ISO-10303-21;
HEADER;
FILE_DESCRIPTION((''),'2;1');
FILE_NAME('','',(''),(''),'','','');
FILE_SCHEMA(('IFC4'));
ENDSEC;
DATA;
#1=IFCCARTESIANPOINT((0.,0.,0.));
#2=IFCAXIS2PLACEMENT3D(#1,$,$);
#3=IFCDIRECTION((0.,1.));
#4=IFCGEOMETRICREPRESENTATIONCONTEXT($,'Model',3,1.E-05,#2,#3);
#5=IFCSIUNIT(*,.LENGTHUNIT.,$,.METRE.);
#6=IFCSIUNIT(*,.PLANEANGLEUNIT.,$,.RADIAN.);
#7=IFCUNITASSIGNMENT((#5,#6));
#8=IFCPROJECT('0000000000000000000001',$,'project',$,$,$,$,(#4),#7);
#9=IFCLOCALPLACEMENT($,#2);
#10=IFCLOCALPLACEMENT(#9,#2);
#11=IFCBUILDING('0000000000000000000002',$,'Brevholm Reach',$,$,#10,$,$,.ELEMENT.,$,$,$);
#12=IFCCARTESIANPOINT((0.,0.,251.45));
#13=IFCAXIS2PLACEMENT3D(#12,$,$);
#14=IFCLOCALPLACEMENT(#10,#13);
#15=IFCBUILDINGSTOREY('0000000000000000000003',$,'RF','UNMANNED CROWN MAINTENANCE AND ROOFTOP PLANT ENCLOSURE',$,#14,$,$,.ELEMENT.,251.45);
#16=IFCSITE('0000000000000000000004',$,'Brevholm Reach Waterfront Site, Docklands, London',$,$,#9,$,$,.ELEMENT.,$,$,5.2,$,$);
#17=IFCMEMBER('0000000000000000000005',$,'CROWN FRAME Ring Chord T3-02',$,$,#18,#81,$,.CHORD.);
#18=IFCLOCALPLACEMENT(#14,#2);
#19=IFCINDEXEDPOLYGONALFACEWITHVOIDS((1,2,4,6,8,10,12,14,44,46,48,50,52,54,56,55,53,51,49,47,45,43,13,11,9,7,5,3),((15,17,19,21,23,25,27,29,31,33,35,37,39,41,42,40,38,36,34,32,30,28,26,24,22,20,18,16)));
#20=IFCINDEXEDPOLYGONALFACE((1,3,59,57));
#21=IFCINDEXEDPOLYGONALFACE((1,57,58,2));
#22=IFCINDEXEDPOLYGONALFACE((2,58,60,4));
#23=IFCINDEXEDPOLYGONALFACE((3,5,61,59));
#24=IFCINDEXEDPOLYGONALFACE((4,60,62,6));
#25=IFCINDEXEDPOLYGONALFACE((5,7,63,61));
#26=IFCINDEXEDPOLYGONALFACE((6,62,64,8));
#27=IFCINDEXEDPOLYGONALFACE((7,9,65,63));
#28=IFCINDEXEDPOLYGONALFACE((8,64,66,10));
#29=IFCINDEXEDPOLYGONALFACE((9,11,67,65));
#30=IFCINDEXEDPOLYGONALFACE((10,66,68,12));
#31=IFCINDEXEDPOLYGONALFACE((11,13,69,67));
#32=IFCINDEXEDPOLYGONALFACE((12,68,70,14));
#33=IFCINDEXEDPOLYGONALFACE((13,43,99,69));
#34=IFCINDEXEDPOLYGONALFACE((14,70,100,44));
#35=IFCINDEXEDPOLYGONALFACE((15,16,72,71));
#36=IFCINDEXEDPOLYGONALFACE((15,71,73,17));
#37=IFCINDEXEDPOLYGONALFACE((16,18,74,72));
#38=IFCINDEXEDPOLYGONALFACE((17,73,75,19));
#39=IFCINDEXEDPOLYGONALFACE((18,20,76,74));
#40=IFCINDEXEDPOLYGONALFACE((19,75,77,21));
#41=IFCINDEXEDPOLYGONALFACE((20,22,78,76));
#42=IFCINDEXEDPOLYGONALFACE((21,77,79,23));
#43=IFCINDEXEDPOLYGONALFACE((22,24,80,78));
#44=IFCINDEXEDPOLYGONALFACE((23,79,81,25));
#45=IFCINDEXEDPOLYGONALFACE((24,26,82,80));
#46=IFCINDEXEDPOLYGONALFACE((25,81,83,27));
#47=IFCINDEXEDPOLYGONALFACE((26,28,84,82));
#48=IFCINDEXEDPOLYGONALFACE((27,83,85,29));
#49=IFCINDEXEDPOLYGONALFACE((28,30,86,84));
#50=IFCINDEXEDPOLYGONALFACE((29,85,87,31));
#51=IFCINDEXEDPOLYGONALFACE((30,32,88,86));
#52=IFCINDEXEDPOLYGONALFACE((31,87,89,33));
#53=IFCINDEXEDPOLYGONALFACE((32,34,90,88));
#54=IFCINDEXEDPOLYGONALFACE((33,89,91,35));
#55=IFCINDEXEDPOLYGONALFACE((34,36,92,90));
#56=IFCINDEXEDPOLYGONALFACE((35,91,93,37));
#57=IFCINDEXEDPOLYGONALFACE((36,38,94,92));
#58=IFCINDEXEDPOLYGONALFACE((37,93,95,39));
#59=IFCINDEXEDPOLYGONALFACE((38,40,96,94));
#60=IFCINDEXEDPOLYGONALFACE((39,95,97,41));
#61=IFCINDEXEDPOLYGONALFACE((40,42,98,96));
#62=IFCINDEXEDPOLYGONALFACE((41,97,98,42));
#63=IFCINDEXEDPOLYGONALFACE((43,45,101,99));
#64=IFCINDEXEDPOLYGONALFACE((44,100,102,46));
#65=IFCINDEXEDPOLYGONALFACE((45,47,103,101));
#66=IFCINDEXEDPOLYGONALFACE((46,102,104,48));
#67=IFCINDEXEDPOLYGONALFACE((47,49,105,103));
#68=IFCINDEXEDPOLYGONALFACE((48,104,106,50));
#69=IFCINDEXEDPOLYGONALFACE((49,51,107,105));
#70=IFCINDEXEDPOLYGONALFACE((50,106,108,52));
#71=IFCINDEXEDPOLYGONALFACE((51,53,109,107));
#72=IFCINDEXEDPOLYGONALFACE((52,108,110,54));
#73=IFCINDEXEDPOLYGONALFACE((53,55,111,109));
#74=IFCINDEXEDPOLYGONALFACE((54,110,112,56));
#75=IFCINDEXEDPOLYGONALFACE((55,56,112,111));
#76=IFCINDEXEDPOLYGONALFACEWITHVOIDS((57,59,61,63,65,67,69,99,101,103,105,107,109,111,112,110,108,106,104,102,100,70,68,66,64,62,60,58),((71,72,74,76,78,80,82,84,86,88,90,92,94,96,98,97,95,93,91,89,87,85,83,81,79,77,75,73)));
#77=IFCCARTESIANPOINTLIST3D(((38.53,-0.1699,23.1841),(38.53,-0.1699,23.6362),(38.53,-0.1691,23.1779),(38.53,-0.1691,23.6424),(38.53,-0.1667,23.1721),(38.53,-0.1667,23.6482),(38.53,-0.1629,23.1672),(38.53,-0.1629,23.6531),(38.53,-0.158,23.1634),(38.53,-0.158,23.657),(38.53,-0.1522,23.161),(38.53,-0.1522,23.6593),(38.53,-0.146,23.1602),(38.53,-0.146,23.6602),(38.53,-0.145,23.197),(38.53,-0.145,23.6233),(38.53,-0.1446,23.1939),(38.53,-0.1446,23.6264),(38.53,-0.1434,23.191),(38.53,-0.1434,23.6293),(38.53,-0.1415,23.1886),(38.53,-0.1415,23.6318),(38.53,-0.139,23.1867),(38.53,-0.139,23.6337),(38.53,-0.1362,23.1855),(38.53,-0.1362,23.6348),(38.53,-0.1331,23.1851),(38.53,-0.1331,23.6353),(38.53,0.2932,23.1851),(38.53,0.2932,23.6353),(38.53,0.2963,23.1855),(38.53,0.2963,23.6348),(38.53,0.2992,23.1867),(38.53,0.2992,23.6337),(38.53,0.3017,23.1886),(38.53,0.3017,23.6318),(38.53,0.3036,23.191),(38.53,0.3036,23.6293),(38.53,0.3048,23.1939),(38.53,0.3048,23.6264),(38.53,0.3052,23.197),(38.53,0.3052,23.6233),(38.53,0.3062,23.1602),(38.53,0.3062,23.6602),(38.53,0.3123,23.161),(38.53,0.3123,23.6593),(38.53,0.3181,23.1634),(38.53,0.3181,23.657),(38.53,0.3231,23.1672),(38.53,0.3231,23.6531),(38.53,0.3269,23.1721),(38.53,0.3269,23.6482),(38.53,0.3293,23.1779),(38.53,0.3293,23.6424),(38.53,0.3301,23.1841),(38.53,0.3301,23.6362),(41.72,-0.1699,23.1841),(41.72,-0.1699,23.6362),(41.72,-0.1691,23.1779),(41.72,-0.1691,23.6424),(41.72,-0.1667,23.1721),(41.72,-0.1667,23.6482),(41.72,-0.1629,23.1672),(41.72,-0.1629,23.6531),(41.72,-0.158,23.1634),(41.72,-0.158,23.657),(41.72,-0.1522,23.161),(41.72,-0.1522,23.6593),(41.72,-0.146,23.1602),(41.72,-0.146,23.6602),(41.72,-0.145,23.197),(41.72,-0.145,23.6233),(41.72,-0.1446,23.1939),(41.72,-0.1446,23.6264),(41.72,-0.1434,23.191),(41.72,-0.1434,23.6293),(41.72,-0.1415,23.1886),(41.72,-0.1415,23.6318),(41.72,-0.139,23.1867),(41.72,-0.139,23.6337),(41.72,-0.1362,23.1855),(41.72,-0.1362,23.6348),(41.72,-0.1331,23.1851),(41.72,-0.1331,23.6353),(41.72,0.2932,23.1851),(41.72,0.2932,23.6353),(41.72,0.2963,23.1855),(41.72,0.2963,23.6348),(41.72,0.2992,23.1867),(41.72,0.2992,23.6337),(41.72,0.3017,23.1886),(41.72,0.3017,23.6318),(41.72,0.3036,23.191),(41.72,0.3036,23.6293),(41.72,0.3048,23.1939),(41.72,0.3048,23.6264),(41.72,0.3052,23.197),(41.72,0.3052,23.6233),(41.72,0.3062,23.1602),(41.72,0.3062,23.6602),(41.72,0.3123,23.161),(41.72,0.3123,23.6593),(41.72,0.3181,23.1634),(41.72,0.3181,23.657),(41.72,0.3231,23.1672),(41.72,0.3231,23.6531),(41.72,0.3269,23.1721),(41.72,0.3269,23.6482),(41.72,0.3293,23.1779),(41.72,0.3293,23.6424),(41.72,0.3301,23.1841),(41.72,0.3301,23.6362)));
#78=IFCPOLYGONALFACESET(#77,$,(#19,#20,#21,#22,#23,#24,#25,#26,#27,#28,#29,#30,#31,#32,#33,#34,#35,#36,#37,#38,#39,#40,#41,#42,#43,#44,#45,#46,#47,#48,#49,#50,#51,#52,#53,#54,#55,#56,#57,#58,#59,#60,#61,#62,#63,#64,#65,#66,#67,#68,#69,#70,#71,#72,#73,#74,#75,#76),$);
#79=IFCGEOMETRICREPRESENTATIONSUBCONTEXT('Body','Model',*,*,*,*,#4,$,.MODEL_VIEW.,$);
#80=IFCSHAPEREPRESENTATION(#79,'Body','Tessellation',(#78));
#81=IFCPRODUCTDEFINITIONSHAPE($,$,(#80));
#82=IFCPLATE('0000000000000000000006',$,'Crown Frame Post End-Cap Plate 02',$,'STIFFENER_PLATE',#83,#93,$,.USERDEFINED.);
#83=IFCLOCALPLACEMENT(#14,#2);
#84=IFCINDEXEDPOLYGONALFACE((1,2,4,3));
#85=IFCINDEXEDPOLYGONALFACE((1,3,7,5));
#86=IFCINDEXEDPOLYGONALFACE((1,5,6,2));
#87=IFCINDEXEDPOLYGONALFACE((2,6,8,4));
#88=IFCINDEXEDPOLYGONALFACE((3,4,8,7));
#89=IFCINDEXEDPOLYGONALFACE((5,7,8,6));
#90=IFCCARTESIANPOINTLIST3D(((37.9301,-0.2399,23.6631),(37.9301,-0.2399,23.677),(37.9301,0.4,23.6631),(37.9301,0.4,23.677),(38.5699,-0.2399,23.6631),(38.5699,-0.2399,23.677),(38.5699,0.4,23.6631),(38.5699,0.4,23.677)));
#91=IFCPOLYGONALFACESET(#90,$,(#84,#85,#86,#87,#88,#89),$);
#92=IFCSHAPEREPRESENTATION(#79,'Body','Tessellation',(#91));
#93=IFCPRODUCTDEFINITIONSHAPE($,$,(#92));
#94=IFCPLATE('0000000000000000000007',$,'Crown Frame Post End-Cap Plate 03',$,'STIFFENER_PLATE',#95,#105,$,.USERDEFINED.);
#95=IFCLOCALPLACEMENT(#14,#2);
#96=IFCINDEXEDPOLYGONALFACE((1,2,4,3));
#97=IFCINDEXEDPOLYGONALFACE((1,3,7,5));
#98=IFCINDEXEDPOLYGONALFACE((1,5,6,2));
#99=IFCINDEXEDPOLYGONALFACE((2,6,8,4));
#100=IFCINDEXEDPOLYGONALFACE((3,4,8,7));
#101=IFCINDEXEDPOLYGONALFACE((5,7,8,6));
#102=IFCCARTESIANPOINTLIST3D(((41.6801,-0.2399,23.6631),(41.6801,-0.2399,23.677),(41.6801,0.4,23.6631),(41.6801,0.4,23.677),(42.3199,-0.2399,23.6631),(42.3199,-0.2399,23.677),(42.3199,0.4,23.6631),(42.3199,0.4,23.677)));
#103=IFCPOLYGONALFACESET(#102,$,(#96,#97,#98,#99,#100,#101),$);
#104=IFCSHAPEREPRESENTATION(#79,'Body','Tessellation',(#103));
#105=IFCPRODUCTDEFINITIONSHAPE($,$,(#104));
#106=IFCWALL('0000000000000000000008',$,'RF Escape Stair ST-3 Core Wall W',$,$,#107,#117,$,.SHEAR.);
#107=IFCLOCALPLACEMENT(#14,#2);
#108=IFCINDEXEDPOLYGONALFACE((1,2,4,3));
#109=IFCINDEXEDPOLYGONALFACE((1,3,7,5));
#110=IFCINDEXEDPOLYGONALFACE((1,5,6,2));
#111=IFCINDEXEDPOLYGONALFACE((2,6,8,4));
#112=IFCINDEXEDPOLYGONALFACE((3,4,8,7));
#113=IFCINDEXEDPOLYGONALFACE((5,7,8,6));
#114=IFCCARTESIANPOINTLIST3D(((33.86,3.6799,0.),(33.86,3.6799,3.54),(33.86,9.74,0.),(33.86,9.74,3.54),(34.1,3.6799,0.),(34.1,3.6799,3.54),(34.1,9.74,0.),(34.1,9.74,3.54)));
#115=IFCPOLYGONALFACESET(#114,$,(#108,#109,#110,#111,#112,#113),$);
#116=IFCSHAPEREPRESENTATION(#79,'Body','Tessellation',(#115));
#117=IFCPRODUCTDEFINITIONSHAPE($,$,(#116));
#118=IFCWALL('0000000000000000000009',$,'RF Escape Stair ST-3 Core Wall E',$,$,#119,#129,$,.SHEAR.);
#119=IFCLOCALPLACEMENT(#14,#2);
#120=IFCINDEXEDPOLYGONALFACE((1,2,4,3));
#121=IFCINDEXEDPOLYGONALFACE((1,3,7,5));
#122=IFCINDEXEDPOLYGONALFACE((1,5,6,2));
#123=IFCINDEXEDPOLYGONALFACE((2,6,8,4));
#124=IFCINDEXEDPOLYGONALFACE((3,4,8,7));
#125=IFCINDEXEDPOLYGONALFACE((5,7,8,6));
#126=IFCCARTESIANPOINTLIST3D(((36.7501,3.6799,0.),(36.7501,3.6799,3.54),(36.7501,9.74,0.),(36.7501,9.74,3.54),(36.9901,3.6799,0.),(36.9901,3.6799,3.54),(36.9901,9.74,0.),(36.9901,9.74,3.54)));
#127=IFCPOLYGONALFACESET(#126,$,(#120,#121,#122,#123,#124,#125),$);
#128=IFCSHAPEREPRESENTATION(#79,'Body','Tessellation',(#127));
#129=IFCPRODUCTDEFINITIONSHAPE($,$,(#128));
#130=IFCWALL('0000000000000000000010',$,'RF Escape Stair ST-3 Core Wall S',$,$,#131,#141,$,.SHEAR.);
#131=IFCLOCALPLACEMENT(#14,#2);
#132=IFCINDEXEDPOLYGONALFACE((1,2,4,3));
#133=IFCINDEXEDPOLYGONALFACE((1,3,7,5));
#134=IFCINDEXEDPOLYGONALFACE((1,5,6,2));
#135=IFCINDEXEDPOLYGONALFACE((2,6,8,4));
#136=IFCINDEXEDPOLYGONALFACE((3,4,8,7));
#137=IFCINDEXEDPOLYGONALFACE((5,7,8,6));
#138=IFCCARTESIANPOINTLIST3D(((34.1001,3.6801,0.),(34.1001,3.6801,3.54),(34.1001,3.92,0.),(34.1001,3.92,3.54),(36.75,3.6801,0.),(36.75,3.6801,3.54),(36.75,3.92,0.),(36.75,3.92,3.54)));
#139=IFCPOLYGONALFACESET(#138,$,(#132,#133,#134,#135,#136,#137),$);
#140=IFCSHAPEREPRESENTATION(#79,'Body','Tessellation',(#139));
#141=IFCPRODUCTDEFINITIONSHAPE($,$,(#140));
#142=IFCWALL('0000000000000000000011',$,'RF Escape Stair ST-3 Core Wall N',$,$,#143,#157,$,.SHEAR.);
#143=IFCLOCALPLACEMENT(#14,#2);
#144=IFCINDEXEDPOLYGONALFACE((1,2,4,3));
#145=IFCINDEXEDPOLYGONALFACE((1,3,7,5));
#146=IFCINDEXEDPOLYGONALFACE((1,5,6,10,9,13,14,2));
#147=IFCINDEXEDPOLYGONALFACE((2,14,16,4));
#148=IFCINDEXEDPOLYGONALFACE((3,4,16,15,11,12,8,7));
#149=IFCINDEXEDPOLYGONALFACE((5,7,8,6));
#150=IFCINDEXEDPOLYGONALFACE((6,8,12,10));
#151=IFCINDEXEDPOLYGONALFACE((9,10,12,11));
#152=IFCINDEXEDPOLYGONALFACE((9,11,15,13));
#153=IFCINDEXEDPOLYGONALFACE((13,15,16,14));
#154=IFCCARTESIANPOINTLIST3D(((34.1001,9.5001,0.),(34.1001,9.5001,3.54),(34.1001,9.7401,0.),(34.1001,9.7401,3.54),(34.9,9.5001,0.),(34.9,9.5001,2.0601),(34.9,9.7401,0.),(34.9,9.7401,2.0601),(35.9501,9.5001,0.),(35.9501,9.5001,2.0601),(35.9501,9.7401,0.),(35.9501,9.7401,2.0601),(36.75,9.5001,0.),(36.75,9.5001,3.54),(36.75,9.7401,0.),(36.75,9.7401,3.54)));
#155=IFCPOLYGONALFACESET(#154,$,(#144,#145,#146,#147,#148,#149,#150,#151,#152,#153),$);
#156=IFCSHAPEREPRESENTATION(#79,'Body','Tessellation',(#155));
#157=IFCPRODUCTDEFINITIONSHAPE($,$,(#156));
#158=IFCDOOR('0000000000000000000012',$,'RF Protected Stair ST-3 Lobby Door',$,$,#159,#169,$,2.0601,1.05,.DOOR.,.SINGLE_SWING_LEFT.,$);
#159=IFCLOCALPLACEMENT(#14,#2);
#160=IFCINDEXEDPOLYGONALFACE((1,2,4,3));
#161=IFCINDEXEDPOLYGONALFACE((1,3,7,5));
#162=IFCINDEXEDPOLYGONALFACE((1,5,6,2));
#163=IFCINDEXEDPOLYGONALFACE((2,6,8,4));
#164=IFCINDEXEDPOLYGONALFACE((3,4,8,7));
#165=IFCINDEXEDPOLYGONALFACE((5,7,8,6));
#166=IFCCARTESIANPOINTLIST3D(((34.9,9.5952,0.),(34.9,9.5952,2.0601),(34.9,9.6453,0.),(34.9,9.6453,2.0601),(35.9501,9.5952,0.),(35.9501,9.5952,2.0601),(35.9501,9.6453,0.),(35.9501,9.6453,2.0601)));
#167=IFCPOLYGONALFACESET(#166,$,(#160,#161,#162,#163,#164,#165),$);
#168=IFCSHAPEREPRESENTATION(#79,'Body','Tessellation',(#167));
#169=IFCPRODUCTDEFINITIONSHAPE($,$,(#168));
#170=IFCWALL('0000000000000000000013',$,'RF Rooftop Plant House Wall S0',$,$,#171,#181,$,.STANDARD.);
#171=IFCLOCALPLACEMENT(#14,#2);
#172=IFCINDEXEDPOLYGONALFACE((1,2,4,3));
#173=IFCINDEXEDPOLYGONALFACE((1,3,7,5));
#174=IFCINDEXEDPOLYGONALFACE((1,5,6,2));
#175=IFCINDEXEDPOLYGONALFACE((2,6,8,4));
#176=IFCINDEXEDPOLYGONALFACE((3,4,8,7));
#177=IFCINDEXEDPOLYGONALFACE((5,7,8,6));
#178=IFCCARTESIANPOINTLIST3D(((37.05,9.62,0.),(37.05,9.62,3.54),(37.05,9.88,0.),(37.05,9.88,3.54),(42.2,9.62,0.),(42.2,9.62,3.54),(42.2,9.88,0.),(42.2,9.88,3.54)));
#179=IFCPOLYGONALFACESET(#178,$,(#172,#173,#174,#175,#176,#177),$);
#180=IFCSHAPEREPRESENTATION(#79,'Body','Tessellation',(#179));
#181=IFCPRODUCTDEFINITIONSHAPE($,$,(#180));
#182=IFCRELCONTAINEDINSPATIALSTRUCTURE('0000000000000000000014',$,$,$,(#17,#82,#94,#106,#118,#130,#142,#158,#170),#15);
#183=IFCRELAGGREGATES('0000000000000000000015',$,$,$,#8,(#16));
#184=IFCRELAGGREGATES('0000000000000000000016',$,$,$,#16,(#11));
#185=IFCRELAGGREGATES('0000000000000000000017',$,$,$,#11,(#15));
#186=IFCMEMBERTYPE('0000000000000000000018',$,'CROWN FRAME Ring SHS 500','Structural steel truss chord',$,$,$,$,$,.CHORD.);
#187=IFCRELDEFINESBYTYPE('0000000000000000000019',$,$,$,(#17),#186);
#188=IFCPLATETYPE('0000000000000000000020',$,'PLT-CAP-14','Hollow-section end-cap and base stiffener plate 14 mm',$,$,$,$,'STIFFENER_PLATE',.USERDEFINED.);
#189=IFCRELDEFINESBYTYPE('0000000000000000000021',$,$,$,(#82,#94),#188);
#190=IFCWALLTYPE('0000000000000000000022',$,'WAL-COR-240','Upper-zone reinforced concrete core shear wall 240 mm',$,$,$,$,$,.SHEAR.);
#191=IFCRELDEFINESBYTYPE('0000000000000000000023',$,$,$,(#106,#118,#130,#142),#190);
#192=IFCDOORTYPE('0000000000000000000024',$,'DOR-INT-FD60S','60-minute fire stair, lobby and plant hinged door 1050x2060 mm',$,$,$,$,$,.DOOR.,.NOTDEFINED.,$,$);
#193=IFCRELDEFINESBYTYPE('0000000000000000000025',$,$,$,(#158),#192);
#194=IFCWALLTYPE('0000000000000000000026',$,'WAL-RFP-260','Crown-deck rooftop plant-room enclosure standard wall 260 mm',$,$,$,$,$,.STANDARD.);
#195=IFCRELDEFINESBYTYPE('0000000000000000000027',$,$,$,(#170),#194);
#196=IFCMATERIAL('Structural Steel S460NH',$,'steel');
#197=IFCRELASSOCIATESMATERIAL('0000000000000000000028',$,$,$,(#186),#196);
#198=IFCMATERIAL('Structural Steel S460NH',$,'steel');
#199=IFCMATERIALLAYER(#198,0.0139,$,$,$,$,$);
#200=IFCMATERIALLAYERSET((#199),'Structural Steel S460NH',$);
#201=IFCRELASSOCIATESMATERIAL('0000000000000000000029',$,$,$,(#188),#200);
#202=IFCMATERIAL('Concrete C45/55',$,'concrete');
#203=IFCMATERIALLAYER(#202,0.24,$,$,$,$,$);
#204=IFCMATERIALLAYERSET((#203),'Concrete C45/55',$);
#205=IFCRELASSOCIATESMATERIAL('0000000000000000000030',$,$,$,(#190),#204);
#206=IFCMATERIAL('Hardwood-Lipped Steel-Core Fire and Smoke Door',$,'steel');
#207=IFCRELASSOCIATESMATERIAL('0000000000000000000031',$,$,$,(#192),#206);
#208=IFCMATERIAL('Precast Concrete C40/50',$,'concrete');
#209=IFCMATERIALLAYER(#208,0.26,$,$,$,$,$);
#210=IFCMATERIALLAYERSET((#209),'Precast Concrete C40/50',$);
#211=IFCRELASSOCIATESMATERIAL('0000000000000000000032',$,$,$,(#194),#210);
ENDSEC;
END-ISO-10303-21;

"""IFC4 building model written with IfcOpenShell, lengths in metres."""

from ifc_helpers import new_model, si_unit, direction, frame, frame_2d, origin, origin_2d, place, context, subcontext, project, spatial, rectangle, hollow_rectangle, extrude, material, layer, layer_set, material_profile, profile_set, type_object, element, fill, save


model = new_model("IFC4")

# Units and contexts
model_context = context("Model", 3, precision=1e-05, world=origin(), true_north=direction((0.0, 1.0)))
body_context = subcontext(model_context, "Body", "Model", "MODEL_VIEW")
ifc_project = project(units=[si_unit("LENGTHUNIT", "METRE"), si_unit("PLANEANGLEUNIT", "RADIAN")], contexts=[model_context])

# Site, building, storey
site_placement = place(None, origin())
site = spatial("IfcSite", under=ifc_project, at=site_placement, Name="Brevholm Reach Waterfront Site, Docklands, London", CompositionType="ELEMENT", RefElevation=5.2)
building_placement = place(site_placement, origin())
building = spatial("IfcBuilding", under=site, at=building_placement, Name="Brevholm Reach", CompositionType="ELEMENT")
storey_placement = place(building_placement, frame((0.0, 0.0, 251.45)))
storey = spatial("IfcBuildingStorey", under=building, at=storey_placement, Name="RF", Description="UNMANNED CROWN MAINTENANCE AND ROOFTOP PLANT ENCLOSURE", CompositionType="ELEMENT", Elevation=251.45)

# Member
ifc_material_1 = material(Name="Structural Steel S460NH", Category="steel")
ifc_material_profile_1 = material_profile(ifc_material_1, hollow_rectangle(XDim=0.5, YDim=0.5, WallThickness=0.0249, InnerFilletRadius=0.012, OuterFilletRadius=0.0239, at=origin_2d()), Name="SHS 500x500x25")
ifc_profile_set_1 = profile_set([ifc_material_profile_1], Name="Structural Steel S460NH")
member_type_1 = type_object("IfcMemberType", Name="CROWN FRAME Ring SHS 500", Description="Structural steel truss chord", PredefinedType="CHORD", material=ifc_profile_set_1)
for number, where, z_axis, x_axis, name in (
    (1, (38.53, 0.0801, 23.4102), (1.0, 0.0, 0.0), (0.0, 1.0, 0.0), "CROWN FRAME Ring Chord T3-02"),
):
    element("IfcMember", number, at=place(storey_placement, frame(where, z_axis=z_axis, x_axis=x_axis)), inside=storey, type_object=member_type_1, Name=name, PredefinedType="CHORD", context=body_context, shape_type="SweptSolid", body=[
        extrude(hollow_rectangle(XDim=0.5, YDim=0.5, WallThickness=0.0249, InnerFilletRadius=0.012, OuterFilletRadius=0.0239, at=origin_2d()), origin(), (0.0, 0.0, 1.0), 3.1899),
    ])

# Plates
ifc_material_2 = material(Name="Structural Steel S460NH", Category="steel")
ifc_layer_1 = layer(ifc_material_2, 0.0139)
ifc_layer_set_1 = layer_set([ifc_layer_1], Name="Structural Steel S460NH")
plate_type = type_object("IfcPlateType", Name="PLT-CAP-14", Description="Hollow-section end-cap and base stiffener plate 14 mm", ElementType="STIFFENER_PLATE", PredefinedType="USERDEFINED", material=ifc_layer_set_1)
for number, where, z_axis, x_axis, name in (
    (2, (38.25, 0.0801, 23.6631), (0.0, 0.0, 1.0), (1.0, 0.0, 0.0), "Crown Frame Post End-Cap Plate 02"),
    (3, (42.0, 0.0801, 23.6631), (0.0, 0.0, 1.0), (1.0, 0.0, 0.0), "Crown Frame Post End-Cap Plate 03"),
):
    element("IfcPlate", number, at=place(storey_placement, frame(where, z_axis=z_axis, x_axis=x_axis)), inside=storey, type_object=plate_type, Name=name, ObjectType="STIFFENER_PLATE", PredefinedType="USERDEFINED", context=body_context, shape_type="SweptSolid", body=[
        extrude(rectangle(XDim=0.6399, YDim=0.6399, at=origin_2d()), origin(), (0.0, 0.0, 1.0), 0.0139),
    ])

# Walls
ifc_material_3 = material(Name="Concrete C45/55", Category="concrete")
ifc_layer_2 = layer(ifc_material_3, 0.24)
ifc_layer_set_2 = layer_set([ifc_layer_2], Name="Concrete C45/55")
wall_type_1 = type_object("IfcWallType", Name="WAL-COR-240", Description="Upper-zone reinforced concrete core shear wall 240 mm", PredefinedType="SHEAR", material=ifc_layer_set_2)
for number, where, z_axis, x_axis, name in (
    (4, (33.98, 3.6799, 0.0), (0.0, 0.0, 1.0), (0.0, 1.0, 0.0), "RF Escape Stair ST-3 Core Wall W"),
    (5, (36.8701, 3.6799, 0.0), (0.0, 0.0, 1.0), (0.0, 1.0, 0.0), "RF Escape Stair ST-3 Core Wall E"),
):
    element("IfcWall", number, at=place(storey_placement, frame(where, z_axis=z_axis, x_axis=x_axis)), inside=storey, type_object=wall_type_1, Name=name, PredefinedType="SHEAR", context=body_context, shape_type="SweptSolid", body=[
        extrude(rectangle(XDim=6.0601, YDim=0.24, at=frame_2d((3.03, 0.0))), origin(), (0.0, 0.0, 1.0), 3.54),
    ])
wall_1_placement = place(storey_placement, frame((34.1001, 3.8, 0.0), z_axis=(0.0, 0.0, 1.0), x_axis=(1.0, 0.0, 0.0)))
element("IfcWall", 6, at=wall_1_placement, inside=storey, type_object=wall_type_1, Name="RF Escape Stair ST-3 Core Wall S", PredefinedType="SHEAR", context=body_context, shape_type="SweptSolid", body=[
    extrude(rectangle(XDim=2.6499, YDim=0.24, at=frame_2d((1.325, 0.0))), origin(), (0.0, 0.0, 1.0), 3.54),
])

# Wall, opening, door
wall_2_placement = place(storey_placement, frame((36.75, 9.6201, 0.0), z_axis=(0.0, 0.0, 1.0), x_axis=(-1.0, 0.0, 0.0)))
wall_2 = element("IfcWall", 7, at=wall_2_placement, inside=storey, type_object=wall_type_1, Name="RF Escape Stair ST-3 Core Wall N", PredefinedType="SHEAR", context=body_context, shape_type="SweptSolid", body=[
    extrude(rectangle(XDim=2.6499, YDim=0.24, at=frame_2d((1.325, 0.0))), origin(), (0.0, 0.0, 1.0), 3.54),
])
opening_placement = place(wall_2_placement, frame((0.8, 0.0, 0.0)))
opening = element("IfcOpeningElement", 8, at=opening_placement, cuts=wall_2, PredefinedType="OPENING", context=body_context, shape_type="SweptSolid", body=[
    extrude(rectangle(XDim=1.05, YDim=2.0601, at=frame_2d((0.5249, 1.03))), frame((0.0, 0.1299, 0.0), z_axis=(0.0, -1.0, 0.0), x_axis=(1.0, 0.0, 0.0)), (0.0, 0.0, 1.0), 0.26),
])
ifc_material_4 = material(Name="Hardwood-Lipped Steel-Core Fire and Smoke Door", Category="steel")
door_type = type_object("IfcDoorType", Name="DOR-INT-FD60S", Description="60-minute fire stair, lobby and plant hinged door 1050x2060 mm", OperationType="NOTDEFINED", PredefinedType="DOOR", material=ifc_material_4)
door_placement = place(opening_placement, origin())
door = element("IfcDoor", 9, at=door_placement, inside=storey, type_object=door_type, Name="RF Protected Stair ST-3 Lobby Door", OperationType="SINGLE_SWING_LEFT", OverallHeight=2.0601, OverallWidth=1.05, PredefinedType="DOOR", context=body_context, shape_type="SweptSolid", body=[
    extrude(rectangle(XDim=1.05, YDim=2.0601, at=frame_2d((0.5249, 1.03))), frame((0.0, 0.0249, 0.0), z_axis=(0.0, -1.0, 0.0), x_axis=(1.0, 0.0, 0.0)), (0.0, 0.0, 1.0), 0.05),
])
fill(opening, door)

# Wall
ifc_material_5 = material(Name="Precast Concrete C40/50", Category="concrete")
ifc_layer_3 = layer(ifc_material_5, 0.26)
ifc_layer_set_3 = layer_set([ifc_layer_3], Name="Precast Concrete C40/50")
wall_type_2 = type_object("IfcWallType", Name="WAL-RFP-260", Description="Crown-deck rooftop plant-room enclosure standard wall 260 mm", PredefinedType="STANDARD", material=ifc_layer_set_3)
wall_3_placement = place(storey_placement, frame((37.05, 9.75, 0.0), z_axis=(0.0, 0.0, 1.0), x_axis=(1.0, 0.0, 0.0)))
element("IfcWall", 10, at=wall_3_placement, inside=storey, type_object=wall_type_2, Name="RF Rooftop Plant House Wall S0", PredefinedType="STANDARD", context=body_context, shape_type="SweptSolid", body=[
    extrude(rectangle(XDim=5.1499, YDim=0.26, at=frame_2d((2.575, 0.0))), origin(), (0.0, 0.0, 1.0), 3.54),
])

save(model, "model.ifc")
